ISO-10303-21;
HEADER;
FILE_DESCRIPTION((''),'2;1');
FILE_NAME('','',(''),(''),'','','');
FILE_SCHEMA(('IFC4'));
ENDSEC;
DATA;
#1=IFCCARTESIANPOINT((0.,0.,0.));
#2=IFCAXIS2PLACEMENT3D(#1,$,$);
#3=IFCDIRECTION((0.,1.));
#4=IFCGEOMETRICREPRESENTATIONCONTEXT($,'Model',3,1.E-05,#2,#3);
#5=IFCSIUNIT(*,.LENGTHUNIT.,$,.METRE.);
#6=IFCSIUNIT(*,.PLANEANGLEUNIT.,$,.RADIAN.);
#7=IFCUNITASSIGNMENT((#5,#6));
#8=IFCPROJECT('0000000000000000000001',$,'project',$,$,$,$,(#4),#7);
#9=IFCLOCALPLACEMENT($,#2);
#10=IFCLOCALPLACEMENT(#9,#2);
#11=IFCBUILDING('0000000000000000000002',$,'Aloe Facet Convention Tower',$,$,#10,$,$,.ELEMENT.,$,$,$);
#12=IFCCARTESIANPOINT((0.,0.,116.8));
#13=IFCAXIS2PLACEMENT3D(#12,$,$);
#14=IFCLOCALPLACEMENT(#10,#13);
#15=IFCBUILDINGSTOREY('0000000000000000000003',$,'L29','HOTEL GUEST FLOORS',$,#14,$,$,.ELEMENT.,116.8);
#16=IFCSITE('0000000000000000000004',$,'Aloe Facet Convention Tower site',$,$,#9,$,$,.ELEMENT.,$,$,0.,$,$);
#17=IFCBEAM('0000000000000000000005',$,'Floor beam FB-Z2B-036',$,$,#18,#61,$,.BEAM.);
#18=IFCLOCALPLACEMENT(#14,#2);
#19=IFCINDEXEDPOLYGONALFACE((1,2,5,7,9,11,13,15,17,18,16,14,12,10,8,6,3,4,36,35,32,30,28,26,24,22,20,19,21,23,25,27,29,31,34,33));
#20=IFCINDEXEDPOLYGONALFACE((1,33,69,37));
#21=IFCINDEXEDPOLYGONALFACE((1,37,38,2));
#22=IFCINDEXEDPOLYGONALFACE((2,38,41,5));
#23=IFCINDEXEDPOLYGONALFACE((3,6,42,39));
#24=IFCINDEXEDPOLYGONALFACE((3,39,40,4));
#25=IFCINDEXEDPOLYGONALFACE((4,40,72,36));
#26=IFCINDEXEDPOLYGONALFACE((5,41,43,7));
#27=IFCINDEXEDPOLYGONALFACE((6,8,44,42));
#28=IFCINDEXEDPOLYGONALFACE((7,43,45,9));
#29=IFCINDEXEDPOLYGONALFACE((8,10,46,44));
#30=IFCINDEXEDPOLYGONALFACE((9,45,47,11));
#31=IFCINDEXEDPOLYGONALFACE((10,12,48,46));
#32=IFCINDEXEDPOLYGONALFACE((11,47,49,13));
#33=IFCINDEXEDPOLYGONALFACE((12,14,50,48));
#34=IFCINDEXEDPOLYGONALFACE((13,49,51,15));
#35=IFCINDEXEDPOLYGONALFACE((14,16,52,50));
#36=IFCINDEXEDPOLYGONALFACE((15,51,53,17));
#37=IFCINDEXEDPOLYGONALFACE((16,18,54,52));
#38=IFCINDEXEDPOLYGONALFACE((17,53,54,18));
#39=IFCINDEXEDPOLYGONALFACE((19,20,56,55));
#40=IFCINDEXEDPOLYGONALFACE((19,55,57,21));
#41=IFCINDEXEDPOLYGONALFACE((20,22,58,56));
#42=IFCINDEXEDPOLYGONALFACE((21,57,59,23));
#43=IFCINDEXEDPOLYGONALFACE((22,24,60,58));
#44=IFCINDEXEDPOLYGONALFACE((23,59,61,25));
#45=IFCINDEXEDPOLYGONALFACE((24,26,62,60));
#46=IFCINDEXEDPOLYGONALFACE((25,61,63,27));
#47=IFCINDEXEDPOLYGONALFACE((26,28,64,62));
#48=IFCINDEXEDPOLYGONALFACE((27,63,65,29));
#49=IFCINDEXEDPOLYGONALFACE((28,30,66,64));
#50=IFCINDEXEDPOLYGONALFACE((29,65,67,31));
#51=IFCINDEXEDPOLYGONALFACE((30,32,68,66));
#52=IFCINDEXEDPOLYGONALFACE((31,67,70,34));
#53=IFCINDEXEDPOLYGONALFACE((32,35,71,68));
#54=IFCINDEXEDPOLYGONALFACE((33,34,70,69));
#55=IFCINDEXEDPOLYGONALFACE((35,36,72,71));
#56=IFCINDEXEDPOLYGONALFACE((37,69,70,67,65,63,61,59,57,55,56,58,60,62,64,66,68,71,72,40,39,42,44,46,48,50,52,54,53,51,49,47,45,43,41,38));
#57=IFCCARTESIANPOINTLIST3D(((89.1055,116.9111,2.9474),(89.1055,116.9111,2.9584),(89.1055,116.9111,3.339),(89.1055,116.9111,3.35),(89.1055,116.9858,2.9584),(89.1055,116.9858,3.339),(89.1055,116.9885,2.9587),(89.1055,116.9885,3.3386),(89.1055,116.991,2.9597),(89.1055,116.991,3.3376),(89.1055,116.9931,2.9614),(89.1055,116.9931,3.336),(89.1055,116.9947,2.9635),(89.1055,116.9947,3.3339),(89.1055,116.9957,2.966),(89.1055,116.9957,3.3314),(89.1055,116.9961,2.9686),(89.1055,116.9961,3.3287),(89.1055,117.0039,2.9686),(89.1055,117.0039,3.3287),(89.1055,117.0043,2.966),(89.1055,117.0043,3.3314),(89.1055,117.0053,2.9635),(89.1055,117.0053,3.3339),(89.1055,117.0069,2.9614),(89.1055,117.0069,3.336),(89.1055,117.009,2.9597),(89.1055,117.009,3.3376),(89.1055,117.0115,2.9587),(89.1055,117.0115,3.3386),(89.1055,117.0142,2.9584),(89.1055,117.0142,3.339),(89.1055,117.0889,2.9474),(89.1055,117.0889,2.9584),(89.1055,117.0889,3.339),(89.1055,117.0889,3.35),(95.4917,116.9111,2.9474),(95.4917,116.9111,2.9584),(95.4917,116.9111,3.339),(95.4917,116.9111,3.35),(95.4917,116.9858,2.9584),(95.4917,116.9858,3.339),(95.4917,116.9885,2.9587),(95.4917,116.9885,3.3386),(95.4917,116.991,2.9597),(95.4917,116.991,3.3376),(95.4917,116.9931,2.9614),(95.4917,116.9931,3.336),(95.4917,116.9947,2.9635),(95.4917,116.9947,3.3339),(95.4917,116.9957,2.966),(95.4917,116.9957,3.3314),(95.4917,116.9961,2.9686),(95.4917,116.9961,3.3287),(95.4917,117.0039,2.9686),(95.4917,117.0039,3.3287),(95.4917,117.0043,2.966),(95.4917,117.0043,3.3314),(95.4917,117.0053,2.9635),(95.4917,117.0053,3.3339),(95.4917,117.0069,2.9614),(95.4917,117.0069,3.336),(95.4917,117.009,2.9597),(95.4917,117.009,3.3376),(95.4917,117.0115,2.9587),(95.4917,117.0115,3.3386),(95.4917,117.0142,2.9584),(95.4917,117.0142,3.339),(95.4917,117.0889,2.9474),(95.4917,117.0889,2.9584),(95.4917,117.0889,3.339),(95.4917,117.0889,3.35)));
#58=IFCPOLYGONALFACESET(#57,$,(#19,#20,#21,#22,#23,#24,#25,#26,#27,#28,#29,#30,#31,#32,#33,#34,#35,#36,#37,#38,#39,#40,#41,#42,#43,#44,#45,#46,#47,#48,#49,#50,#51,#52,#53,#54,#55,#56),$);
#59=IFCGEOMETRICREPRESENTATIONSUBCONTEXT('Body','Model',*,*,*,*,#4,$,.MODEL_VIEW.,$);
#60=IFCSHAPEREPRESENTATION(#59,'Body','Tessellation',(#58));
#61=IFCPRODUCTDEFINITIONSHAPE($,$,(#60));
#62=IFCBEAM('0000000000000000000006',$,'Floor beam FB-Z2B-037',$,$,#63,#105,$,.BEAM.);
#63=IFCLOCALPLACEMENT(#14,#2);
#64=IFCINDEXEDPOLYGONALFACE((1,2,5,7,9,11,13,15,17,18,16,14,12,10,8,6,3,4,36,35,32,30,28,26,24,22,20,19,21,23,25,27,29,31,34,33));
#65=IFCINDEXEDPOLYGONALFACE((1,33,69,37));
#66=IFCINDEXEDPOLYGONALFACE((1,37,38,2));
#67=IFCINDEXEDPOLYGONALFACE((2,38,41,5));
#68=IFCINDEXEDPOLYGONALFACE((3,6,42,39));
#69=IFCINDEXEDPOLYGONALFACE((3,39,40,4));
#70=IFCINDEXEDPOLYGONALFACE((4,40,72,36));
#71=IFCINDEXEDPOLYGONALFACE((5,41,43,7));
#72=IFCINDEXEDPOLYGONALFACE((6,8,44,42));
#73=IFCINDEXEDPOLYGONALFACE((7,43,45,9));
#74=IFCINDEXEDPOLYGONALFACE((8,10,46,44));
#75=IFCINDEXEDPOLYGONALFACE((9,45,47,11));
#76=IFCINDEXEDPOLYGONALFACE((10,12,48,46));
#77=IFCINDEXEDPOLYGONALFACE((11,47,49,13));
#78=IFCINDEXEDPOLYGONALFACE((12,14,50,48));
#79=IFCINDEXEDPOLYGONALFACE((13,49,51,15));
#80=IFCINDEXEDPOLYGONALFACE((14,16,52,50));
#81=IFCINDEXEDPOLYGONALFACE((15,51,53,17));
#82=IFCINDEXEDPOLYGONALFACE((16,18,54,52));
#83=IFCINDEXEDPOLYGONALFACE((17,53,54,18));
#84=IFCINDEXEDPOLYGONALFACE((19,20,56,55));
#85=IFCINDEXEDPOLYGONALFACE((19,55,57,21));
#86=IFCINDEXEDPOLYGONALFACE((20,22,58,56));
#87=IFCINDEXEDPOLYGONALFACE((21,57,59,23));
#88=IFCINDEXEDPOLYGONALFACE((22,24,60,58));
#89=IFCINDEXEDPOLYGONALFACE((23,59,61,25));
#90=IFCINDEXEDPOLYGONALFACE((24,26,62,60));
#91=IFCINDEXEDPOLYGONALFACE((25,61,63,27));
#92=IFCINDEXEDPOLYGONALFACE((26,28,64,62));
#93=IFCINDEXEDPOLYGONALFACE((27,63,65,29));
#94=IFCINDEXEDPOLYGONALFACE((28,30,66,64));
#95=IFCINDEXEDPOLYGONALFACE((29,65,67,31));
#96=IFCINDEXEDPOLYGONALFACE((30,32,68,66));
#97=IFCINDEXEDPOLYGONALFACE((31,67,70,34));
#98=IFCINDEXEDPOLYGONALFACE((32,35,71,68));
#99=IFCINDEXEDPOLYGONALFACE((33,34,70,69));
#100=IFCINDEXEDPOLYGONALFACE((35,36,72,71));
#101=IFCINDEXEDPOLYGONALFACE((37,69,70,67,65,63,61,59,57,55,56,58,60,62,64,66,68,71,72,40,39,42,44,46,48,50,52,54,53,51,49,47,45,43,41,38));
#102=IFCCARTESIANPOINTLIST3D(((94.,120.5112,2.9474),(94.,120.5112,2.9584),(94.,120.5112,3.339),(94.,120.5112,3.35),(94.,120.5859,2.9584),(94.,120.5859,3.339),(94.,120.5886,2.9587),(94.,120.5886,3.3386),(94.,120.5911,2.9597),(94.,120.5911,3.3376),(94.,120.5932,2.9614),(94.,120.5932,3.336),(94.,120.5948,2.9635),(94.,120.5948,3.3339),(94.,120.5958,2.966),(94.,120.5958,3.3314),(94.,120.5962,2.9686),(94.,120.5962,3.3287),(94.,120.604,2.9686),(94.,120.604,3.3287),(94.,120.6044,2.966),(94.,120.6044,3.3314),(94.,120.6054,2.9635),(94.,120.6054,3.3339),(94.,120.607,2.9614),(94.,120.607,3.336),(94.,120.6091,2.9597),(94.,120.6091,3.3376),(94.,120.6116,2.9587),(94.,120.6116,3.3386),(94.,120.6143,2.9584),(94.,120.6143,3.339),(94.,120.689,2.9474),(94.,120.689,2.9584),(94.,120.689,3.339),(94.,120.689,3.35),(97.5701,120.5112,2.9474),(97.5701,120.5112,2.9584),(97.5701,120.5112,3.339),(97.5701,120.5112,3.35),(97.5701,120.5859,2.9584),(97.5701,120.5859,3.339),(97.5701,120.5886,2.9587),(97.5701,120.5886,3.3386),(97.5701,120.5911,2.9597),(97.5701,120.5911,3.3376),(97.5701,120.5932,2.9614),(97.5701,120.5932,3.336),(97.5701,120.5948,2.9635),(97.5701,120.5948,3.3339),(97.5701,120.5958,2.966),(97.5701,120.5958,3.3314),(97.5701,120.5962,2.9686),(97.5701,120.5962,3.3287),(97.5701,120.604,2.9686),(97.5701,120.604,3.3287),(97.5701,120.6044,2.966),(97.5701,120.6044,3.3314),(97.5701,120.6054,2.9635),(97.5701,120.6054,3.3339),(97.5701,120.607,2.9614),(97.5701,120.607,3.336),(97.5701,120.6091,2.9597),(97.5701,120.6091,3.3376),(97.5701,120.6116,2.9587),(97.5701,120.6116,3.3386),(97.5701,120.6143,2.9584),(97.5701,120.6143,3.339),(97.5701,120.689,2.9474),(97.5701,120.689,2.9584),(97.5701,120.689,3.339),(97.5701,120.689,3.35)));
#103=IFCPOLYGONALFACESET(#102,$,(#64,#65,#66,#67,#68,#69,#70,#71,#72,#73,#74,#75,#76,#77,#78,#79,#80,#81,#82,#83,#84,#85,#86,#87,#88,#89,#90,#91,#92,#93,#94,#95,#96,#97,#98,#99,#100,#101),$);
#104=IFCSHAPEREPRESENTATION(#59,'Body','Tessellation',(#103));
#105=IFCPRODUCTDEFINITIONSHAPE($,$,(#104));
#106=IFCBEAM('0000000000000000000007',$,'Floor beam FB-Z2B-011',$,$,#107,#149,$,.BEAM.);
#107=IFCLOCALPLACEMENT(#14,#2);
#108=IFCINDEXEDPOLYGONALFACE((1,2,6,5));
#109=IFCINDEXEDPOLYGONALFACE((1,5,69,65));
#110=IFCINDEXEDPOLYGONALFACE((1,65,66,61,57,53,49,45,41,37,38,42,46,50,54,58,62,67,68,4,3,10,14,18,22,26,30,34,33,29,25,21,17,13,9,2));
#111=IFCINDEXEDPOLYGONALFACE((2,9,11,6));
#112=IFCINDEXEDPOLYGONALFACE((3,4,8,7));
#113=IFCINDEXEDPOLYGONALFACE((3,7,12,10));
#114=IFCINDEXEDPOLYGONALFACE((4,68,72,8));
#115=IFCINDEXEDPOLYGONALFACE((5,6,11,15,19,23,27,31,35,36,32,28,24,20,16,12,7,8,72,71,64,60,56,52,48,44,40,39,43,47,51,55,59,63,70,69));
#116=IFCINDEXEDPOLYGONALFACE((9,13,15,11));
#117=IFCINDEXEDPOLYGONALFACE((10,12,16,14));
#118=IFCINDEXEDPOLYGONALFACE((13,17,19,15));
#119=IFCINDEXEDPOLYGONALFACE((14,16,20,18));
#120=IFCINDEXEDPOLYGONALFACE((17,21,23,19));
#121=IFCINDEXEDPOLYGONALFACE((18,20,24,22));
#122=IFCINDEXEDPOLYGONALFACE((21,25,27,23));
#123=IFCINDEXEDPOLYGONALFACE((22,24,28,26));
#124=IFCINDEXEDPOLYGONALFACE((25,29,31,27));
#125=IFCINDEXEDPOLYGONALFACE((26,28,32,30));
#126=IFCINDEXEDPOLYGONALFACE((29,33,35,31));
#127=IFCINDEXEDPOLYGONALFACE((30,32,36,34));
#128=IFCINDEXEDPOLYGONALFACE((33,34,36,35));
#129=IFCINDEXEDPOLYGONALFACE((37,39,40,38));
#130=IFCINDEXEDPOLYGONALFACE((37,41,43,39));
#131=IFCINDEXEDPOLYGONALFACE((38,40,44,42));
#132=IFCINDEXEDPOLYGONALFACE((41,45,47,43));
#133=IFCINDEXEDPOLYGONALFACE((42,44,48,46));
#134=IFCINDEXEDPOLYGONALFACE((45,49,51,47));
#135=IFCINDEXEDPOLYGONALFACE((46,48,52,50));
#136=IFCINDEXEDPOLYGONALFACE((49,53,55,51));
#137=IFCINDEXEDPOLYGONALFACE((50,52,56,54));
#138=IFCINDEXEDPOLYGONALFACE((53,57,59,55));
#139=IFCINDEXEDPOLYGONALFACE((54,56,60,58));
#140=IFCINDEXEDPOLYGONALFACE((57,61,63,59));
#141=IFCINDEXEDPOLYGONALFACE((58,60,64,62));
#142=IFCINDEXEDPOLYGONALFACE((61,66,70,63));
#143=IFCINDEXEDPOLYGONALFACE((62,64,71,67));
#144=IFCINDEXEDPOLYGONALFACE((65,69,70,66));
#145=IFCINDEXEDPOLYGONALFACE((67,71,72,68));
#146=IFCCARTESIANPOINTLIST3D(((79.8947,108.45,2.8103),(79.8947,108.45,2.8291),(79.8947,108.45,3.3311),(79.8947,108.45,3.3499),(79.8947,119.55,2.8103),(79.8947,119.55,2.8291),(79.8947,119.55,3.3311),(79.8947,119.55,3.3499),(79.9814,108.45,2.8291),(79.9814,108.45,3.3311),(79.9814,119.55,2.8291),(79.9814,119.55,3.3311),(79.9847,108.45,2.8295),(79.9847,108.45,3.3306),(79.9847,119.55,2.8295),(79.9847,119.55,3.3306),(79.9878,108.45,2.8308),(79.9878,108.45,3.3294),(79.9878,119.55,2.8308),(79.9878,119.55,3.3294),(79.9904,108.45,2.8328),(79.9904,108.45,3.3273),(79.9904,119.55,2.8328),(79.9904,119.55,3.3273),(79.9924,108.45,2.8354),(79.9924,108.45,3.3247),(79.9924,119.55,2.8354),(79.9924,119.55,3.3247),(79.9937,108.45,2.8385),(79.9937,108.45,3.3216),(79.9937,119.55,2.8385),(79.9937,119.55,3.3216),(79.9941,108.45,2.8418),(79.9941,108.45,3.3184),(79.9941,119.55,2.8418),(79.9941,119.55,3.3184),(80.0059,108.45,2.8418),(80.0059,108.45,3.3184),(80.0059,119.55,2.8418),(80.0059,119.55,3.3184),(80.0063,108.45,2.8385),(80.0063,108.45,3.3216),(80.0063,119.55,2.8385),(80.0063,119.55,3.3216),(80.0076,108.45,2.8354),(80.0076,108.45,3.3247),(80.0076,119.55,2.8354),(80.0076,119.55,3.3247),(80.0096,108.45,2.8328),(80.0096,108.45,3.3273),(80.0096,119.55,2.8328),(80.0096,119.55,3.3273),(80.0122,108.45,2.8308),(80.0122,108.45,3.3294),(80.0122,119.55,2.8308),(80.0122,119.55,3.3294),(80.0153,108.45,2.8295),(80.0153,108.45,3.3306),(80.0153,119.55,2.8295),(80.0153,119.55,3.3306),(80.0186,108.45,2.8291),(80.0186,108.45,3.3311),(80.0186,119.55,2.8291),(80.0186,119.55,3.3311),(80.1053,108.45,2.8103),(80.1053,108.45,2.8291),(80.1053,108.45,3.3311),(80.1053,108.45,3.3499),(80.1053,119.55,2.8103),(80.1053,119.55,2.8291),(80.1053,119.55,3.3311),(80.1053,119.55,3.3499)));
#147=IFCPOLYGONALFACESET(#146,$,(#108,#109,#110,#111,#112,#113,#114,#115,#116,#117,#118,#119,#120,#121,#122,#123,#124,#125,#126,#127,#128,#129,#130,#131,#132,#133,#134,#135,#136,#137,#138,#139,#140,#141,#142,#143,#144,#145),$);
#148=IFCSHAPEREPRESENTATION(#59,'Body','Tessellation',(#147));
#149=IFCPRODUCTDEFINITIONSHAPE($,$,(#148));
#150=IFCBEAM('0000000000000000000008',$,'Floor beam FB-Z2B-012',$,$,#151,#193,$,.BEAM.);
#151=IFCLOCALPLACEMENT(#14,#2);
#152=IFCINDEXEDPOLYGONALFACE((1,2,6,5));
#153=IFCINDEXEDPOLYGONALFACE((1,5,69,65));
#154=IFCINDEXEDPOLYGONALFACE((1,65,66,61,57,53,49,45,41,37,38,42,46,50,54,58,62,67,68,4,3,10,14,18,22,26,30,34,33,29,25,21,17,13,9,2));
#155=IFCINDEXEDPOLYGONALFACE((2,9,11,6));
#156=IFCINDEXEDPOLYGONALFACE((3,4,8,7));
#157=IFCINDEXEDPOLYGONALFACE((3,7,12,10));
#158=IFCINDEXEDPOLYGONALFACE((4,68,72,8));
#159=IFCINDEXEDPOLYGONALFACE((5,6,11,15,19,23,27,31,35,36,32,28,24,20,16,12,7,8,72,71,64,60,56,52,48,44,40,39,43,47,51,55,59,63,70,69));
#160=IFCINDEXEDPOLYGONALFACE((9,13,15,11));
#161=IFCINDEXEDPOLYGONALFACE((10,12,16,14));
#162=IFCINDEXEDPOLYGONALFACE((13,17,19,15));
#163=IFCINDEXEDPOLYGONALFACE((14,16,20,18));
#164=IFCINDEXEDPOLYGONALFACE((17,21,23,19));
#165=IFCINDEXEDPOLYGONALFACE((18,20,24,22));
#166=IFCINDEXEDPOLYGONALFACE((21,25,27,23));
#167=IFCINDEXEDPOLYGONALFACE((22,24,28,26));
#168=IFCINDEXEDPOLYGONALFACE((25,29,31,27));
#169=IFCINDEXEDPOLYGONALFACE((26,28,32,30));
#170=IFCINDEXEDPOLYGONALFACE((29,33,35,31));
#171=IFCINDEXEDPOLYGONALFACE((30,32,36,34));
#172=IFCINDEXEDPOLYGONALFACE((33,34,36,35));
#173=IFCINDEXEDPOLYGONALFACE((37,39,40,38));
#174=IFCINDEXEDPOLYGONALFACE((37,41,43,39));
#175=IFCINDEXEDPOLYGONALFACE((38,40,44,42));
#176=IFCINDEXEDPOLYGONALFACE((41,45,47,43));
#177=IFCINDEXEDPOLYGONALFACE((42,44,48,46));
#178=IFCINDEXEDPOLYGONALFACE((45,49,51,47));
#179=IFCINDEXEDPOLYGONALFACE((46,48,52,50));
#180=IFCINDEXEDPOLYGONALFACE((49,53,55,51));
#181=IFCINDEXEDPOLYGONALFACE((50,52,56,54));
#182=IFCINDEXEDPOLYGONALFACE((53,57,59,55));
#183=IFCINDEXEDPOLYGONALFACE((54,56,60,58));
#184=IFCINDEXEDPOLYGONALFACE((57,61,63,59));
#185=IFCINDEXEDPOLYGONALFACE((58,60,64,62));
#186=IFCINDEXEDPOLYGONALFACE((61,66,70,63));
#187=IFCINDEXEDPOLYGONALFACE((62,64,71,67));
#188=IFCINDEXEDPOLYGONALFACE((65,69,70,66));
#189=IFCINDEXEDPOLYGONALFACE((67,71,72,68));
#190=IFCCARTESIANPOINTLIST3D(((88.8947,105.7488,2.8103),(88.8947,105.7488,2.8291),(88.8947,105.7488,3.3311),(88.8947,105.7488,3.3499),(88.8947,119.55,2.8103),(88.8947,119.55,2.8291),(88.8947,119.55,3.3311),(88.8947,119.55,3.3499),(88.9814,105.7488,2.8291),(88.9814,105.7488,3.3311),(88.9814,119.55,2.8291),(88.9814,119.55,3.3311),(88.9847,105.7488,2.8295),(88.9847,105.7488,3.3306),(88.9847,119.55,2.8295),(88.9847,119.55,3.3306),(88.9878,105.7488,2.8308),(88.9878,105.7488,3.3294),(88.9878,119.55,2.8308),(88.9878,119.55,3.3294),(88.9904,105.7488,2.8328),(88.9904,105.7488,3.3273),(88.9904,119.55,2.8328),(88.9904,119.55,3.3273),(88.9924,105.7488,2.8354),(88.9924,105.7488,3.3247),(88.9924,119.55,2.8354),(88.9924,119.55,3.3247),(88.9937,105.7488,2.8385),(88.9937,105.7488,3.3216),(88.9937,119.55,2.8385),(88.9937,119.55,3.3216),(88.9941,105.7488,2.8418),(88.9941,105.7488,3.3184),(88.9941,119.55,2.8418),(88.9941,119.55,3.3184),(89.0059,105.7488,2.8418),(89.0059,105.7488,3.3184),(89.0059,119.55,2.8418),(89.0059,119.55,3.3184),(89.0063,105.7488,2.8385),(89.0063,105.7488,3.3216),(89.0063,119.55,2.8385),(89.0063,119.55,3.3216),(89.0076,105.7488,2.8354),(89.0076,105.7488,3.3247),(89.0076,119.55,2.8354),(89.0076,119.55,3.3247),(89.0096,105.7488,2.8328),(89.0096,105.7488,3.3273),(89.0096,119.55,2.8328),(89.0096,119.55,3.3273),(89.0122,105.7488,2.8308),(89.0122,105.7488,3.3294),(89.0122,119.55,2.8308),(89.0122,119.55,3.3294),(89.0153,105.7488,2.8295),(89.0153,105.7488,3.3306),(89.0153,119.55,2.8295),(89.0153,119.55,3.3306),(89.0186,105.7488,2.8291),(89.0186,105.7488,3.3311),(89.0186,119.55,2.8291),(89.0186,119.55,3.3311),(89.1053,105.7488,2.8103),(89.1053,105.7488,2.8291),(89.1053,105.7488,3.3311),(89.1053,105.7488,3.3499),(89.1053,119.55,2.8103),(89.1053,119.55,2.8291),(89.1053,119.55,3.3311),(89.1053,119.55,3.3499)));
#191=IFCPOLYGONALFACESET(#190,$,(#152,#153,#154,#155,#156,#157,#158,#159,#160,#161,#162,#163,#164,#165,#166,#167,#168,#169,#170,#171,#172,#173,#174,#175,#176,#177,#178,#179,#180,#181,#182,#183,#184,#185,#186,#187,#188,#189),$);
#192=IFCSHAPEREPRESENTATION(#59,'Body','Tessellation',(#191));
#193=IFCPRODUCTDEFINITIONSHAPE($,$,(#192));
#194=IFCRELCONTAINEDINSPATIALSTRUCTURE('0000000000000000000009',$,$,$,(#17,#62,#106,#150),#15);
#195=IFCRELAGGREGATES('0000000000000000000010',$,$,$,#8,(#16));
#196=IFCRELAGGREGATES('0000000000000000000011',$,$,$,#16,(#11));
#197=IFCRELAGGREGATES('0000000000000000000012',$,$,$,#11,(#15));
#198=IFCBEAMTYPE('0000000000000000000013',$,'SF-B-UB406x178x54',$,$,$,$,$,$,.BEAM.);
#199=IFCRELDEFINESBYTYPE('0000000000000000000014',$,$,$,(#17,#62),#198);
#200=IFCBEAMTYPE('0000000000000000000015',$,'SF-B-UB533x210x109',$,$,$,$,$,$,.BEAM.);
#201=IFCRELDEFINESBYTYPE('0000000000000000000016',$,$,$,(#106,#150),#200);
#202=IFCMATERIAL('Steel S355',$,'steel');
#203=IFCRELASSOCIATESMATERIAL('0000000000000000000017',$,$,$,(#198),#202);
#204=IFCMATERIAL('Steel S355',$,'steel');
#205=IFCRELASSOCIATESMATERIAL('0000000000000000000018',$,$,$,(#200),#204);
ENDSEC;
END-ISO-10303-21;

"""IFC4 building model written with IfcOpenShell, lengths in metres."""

from ifc_helpers import new_model, si_unit, direction, frame, origin, origin_2d, place, context, subcontext, project, spatial, i_section, extrude, material, material_profile, profile_set, type_object, element, save


model = new_model("IFC4")

# Units and contexts
model_context = context("Model", 3, precision=1e-05, world=origin(), true_north=direction((0.0, 1.0)))
body_context = subcontext(model_context, "Body", "Model", "MODEL_VIEW")
ifc_project = project(units=[si_unit("LENGTHUNIT", "METRE"), si_unit("PLANEANGLEUNIT", "RADIAN")], contexts=[model_context])

# Site, building, storey
site_placement = place(None, origin())
site = spatial("IfcSite", under=ifc_project, at=site_placement, Name="Aloe Facet Convention Tower site", CompositionType="ELEMENT", RefElevation=0.0)
building_placement = place(site_placement, origin())
building = spatial("IfcBuilding", under=site, at=building_placement, Name="Aloe Facet Convention Tower", CompositionType="ELEMENT")
storey_placement = place(building_placement, frame((0.0, 0.0, 116.8)))
storey = spatial("IfcBuildingStorey", under=building, at=storey_placement, Name="L29", Description="HOTEL GUEST FLOORS", CompositionType="ELEMENT", Elevation=116.8)

# Beams
ifc_material_1 = material(Name="Steel S355", Category="steel")
ifc_material_profile_1 = material_profile(ifc_material_1, i_section(OverallWidth=0.1777, OverallDepth=0.4026, WebThickness=0.0078, FlangeThickness=0.011, FilletRadius=0.0103, at=origin_2d()), Name="UB 406x178x54")
ifc_profile_set_1 = profile_set([ifc_material_profile_1], Name="Steel S355")
beam_type_1 = type_object("IfcBeamType", Name="SF-B-UB406x178x54", PredefinedType="BEAM", material=ifc_profile_set_1)
beam_1_placement = place(storey_placement, frame((89.1055, 117.0, 3.1487), z_axis=(1.0, 0.0, 0.0), x_axis=(0.0, 1.0, 0.0)))
element("IfcBeam", 1, at=beam_1_placement, inside=storey, type_object=beam_type_1, Name="Floor beam FB-Z2B-036", PredefinedType="BEAM", context=body_context, shape_type="SweptSolid", body=[
    extrude(i_section(OverallWidth=0.1777, OverallDepth=0.4026, WebThickness=0.0078, FlangeThickness=0.011, FilletRadius=0.0103, at=origin_2d()), origin(), (0.0, 0.0, 1.0), 6.3862),
])
beam_2_placement = place(storey_placement, frame((94.0, 120.6001, 3.1487), z_axis=(1.0, 0.0, 0.0), x_axis=(0.0, 1.0, 0.0)))
element("IfcBeam", 2, at=beam_2_placement, inside=storey, type_object=beam_type_1, Name="Floor beam FB-Z2B-037", PredefinedType="BEAM", context=body_context, shape_type="SweptSolid", body=[
    extrude(i_section(OverallWidth=0.1777, OverallDepth=0.4026, WebThickness=0.0078, FlangeThickness=0.011, FilletRadius=0.0103, at=origin_2d()), origin(), (0.0, 0.0, 1.0), 3.5701),
])
ifc_material_2 = material(Name="Steel S355", Category="steel")
ifc_material_profile_2 = material_profile(ifc_material_2, i_section(OverallWidth=0.2107, OverallDepth=0.5396, WebThickness=0.0117, FlangeThickness=0.0188, FilletRadius=0.0127, at=origin_2d()), Name="UB 533x210x109")
ifc_profile_set_2 = profile_set([ifc_material_profile_2], Name="Steel S355")
beam_type_2 = type_object("IfcBeamType", Name="SF-B-UB533x210x109", PredefinedType="BEAM", material=ifc_profile_set_2)
beam_3_placement = place(storey_placement, frame((80.0, 119.55, 3.0801), z_axis=(0.0, -1.0, 0.0), x_axis=(1.0, 0.0, 0.0)))
element("IfcBeam", 3, at=beam_3_placement, inside=storey, type_object=beam_type_2, Name="Floor beam FB-Z2B-011", PredefinedType="BEAM", context=body_context, shape_type="SweptSolid", body=[
    extrude(i_section(OverallWidth=0.2107, OverallDepth=0.5396, WebThickness=0.0117, FlangeThickness=0.0188, FilletRadius=0.0127, at=origin_2d()), origin(), (0.0, 0.0, 1.0), 11.1001),
])
beam_4_placement = place(storey_placement, frame((89.0, 119.55, 3.0801), z_axis=(0.0, -1.0, 0.0), x_axis=(1.0, 0.0, 0.0)))
element("IfcBeam", 4, at=beam_4_placement, inside=storey, type_object=beam_type_2, Name="Floor beam FB-Z2B-012", PredefinedType="BEAM", context=body_context, shape_type="SweptSolid", body=[
    extrude(i_section(OverallWidth=0.2107, OverallDepth=0.5396, WebThickness=0.0117, FlangeThickness=0.0188, FilletRadius=0.0127, at=origin_2d()), origin(), (0.0, 0.0, 1.0), 13.8013),
])

save(model, "model.ifc")
